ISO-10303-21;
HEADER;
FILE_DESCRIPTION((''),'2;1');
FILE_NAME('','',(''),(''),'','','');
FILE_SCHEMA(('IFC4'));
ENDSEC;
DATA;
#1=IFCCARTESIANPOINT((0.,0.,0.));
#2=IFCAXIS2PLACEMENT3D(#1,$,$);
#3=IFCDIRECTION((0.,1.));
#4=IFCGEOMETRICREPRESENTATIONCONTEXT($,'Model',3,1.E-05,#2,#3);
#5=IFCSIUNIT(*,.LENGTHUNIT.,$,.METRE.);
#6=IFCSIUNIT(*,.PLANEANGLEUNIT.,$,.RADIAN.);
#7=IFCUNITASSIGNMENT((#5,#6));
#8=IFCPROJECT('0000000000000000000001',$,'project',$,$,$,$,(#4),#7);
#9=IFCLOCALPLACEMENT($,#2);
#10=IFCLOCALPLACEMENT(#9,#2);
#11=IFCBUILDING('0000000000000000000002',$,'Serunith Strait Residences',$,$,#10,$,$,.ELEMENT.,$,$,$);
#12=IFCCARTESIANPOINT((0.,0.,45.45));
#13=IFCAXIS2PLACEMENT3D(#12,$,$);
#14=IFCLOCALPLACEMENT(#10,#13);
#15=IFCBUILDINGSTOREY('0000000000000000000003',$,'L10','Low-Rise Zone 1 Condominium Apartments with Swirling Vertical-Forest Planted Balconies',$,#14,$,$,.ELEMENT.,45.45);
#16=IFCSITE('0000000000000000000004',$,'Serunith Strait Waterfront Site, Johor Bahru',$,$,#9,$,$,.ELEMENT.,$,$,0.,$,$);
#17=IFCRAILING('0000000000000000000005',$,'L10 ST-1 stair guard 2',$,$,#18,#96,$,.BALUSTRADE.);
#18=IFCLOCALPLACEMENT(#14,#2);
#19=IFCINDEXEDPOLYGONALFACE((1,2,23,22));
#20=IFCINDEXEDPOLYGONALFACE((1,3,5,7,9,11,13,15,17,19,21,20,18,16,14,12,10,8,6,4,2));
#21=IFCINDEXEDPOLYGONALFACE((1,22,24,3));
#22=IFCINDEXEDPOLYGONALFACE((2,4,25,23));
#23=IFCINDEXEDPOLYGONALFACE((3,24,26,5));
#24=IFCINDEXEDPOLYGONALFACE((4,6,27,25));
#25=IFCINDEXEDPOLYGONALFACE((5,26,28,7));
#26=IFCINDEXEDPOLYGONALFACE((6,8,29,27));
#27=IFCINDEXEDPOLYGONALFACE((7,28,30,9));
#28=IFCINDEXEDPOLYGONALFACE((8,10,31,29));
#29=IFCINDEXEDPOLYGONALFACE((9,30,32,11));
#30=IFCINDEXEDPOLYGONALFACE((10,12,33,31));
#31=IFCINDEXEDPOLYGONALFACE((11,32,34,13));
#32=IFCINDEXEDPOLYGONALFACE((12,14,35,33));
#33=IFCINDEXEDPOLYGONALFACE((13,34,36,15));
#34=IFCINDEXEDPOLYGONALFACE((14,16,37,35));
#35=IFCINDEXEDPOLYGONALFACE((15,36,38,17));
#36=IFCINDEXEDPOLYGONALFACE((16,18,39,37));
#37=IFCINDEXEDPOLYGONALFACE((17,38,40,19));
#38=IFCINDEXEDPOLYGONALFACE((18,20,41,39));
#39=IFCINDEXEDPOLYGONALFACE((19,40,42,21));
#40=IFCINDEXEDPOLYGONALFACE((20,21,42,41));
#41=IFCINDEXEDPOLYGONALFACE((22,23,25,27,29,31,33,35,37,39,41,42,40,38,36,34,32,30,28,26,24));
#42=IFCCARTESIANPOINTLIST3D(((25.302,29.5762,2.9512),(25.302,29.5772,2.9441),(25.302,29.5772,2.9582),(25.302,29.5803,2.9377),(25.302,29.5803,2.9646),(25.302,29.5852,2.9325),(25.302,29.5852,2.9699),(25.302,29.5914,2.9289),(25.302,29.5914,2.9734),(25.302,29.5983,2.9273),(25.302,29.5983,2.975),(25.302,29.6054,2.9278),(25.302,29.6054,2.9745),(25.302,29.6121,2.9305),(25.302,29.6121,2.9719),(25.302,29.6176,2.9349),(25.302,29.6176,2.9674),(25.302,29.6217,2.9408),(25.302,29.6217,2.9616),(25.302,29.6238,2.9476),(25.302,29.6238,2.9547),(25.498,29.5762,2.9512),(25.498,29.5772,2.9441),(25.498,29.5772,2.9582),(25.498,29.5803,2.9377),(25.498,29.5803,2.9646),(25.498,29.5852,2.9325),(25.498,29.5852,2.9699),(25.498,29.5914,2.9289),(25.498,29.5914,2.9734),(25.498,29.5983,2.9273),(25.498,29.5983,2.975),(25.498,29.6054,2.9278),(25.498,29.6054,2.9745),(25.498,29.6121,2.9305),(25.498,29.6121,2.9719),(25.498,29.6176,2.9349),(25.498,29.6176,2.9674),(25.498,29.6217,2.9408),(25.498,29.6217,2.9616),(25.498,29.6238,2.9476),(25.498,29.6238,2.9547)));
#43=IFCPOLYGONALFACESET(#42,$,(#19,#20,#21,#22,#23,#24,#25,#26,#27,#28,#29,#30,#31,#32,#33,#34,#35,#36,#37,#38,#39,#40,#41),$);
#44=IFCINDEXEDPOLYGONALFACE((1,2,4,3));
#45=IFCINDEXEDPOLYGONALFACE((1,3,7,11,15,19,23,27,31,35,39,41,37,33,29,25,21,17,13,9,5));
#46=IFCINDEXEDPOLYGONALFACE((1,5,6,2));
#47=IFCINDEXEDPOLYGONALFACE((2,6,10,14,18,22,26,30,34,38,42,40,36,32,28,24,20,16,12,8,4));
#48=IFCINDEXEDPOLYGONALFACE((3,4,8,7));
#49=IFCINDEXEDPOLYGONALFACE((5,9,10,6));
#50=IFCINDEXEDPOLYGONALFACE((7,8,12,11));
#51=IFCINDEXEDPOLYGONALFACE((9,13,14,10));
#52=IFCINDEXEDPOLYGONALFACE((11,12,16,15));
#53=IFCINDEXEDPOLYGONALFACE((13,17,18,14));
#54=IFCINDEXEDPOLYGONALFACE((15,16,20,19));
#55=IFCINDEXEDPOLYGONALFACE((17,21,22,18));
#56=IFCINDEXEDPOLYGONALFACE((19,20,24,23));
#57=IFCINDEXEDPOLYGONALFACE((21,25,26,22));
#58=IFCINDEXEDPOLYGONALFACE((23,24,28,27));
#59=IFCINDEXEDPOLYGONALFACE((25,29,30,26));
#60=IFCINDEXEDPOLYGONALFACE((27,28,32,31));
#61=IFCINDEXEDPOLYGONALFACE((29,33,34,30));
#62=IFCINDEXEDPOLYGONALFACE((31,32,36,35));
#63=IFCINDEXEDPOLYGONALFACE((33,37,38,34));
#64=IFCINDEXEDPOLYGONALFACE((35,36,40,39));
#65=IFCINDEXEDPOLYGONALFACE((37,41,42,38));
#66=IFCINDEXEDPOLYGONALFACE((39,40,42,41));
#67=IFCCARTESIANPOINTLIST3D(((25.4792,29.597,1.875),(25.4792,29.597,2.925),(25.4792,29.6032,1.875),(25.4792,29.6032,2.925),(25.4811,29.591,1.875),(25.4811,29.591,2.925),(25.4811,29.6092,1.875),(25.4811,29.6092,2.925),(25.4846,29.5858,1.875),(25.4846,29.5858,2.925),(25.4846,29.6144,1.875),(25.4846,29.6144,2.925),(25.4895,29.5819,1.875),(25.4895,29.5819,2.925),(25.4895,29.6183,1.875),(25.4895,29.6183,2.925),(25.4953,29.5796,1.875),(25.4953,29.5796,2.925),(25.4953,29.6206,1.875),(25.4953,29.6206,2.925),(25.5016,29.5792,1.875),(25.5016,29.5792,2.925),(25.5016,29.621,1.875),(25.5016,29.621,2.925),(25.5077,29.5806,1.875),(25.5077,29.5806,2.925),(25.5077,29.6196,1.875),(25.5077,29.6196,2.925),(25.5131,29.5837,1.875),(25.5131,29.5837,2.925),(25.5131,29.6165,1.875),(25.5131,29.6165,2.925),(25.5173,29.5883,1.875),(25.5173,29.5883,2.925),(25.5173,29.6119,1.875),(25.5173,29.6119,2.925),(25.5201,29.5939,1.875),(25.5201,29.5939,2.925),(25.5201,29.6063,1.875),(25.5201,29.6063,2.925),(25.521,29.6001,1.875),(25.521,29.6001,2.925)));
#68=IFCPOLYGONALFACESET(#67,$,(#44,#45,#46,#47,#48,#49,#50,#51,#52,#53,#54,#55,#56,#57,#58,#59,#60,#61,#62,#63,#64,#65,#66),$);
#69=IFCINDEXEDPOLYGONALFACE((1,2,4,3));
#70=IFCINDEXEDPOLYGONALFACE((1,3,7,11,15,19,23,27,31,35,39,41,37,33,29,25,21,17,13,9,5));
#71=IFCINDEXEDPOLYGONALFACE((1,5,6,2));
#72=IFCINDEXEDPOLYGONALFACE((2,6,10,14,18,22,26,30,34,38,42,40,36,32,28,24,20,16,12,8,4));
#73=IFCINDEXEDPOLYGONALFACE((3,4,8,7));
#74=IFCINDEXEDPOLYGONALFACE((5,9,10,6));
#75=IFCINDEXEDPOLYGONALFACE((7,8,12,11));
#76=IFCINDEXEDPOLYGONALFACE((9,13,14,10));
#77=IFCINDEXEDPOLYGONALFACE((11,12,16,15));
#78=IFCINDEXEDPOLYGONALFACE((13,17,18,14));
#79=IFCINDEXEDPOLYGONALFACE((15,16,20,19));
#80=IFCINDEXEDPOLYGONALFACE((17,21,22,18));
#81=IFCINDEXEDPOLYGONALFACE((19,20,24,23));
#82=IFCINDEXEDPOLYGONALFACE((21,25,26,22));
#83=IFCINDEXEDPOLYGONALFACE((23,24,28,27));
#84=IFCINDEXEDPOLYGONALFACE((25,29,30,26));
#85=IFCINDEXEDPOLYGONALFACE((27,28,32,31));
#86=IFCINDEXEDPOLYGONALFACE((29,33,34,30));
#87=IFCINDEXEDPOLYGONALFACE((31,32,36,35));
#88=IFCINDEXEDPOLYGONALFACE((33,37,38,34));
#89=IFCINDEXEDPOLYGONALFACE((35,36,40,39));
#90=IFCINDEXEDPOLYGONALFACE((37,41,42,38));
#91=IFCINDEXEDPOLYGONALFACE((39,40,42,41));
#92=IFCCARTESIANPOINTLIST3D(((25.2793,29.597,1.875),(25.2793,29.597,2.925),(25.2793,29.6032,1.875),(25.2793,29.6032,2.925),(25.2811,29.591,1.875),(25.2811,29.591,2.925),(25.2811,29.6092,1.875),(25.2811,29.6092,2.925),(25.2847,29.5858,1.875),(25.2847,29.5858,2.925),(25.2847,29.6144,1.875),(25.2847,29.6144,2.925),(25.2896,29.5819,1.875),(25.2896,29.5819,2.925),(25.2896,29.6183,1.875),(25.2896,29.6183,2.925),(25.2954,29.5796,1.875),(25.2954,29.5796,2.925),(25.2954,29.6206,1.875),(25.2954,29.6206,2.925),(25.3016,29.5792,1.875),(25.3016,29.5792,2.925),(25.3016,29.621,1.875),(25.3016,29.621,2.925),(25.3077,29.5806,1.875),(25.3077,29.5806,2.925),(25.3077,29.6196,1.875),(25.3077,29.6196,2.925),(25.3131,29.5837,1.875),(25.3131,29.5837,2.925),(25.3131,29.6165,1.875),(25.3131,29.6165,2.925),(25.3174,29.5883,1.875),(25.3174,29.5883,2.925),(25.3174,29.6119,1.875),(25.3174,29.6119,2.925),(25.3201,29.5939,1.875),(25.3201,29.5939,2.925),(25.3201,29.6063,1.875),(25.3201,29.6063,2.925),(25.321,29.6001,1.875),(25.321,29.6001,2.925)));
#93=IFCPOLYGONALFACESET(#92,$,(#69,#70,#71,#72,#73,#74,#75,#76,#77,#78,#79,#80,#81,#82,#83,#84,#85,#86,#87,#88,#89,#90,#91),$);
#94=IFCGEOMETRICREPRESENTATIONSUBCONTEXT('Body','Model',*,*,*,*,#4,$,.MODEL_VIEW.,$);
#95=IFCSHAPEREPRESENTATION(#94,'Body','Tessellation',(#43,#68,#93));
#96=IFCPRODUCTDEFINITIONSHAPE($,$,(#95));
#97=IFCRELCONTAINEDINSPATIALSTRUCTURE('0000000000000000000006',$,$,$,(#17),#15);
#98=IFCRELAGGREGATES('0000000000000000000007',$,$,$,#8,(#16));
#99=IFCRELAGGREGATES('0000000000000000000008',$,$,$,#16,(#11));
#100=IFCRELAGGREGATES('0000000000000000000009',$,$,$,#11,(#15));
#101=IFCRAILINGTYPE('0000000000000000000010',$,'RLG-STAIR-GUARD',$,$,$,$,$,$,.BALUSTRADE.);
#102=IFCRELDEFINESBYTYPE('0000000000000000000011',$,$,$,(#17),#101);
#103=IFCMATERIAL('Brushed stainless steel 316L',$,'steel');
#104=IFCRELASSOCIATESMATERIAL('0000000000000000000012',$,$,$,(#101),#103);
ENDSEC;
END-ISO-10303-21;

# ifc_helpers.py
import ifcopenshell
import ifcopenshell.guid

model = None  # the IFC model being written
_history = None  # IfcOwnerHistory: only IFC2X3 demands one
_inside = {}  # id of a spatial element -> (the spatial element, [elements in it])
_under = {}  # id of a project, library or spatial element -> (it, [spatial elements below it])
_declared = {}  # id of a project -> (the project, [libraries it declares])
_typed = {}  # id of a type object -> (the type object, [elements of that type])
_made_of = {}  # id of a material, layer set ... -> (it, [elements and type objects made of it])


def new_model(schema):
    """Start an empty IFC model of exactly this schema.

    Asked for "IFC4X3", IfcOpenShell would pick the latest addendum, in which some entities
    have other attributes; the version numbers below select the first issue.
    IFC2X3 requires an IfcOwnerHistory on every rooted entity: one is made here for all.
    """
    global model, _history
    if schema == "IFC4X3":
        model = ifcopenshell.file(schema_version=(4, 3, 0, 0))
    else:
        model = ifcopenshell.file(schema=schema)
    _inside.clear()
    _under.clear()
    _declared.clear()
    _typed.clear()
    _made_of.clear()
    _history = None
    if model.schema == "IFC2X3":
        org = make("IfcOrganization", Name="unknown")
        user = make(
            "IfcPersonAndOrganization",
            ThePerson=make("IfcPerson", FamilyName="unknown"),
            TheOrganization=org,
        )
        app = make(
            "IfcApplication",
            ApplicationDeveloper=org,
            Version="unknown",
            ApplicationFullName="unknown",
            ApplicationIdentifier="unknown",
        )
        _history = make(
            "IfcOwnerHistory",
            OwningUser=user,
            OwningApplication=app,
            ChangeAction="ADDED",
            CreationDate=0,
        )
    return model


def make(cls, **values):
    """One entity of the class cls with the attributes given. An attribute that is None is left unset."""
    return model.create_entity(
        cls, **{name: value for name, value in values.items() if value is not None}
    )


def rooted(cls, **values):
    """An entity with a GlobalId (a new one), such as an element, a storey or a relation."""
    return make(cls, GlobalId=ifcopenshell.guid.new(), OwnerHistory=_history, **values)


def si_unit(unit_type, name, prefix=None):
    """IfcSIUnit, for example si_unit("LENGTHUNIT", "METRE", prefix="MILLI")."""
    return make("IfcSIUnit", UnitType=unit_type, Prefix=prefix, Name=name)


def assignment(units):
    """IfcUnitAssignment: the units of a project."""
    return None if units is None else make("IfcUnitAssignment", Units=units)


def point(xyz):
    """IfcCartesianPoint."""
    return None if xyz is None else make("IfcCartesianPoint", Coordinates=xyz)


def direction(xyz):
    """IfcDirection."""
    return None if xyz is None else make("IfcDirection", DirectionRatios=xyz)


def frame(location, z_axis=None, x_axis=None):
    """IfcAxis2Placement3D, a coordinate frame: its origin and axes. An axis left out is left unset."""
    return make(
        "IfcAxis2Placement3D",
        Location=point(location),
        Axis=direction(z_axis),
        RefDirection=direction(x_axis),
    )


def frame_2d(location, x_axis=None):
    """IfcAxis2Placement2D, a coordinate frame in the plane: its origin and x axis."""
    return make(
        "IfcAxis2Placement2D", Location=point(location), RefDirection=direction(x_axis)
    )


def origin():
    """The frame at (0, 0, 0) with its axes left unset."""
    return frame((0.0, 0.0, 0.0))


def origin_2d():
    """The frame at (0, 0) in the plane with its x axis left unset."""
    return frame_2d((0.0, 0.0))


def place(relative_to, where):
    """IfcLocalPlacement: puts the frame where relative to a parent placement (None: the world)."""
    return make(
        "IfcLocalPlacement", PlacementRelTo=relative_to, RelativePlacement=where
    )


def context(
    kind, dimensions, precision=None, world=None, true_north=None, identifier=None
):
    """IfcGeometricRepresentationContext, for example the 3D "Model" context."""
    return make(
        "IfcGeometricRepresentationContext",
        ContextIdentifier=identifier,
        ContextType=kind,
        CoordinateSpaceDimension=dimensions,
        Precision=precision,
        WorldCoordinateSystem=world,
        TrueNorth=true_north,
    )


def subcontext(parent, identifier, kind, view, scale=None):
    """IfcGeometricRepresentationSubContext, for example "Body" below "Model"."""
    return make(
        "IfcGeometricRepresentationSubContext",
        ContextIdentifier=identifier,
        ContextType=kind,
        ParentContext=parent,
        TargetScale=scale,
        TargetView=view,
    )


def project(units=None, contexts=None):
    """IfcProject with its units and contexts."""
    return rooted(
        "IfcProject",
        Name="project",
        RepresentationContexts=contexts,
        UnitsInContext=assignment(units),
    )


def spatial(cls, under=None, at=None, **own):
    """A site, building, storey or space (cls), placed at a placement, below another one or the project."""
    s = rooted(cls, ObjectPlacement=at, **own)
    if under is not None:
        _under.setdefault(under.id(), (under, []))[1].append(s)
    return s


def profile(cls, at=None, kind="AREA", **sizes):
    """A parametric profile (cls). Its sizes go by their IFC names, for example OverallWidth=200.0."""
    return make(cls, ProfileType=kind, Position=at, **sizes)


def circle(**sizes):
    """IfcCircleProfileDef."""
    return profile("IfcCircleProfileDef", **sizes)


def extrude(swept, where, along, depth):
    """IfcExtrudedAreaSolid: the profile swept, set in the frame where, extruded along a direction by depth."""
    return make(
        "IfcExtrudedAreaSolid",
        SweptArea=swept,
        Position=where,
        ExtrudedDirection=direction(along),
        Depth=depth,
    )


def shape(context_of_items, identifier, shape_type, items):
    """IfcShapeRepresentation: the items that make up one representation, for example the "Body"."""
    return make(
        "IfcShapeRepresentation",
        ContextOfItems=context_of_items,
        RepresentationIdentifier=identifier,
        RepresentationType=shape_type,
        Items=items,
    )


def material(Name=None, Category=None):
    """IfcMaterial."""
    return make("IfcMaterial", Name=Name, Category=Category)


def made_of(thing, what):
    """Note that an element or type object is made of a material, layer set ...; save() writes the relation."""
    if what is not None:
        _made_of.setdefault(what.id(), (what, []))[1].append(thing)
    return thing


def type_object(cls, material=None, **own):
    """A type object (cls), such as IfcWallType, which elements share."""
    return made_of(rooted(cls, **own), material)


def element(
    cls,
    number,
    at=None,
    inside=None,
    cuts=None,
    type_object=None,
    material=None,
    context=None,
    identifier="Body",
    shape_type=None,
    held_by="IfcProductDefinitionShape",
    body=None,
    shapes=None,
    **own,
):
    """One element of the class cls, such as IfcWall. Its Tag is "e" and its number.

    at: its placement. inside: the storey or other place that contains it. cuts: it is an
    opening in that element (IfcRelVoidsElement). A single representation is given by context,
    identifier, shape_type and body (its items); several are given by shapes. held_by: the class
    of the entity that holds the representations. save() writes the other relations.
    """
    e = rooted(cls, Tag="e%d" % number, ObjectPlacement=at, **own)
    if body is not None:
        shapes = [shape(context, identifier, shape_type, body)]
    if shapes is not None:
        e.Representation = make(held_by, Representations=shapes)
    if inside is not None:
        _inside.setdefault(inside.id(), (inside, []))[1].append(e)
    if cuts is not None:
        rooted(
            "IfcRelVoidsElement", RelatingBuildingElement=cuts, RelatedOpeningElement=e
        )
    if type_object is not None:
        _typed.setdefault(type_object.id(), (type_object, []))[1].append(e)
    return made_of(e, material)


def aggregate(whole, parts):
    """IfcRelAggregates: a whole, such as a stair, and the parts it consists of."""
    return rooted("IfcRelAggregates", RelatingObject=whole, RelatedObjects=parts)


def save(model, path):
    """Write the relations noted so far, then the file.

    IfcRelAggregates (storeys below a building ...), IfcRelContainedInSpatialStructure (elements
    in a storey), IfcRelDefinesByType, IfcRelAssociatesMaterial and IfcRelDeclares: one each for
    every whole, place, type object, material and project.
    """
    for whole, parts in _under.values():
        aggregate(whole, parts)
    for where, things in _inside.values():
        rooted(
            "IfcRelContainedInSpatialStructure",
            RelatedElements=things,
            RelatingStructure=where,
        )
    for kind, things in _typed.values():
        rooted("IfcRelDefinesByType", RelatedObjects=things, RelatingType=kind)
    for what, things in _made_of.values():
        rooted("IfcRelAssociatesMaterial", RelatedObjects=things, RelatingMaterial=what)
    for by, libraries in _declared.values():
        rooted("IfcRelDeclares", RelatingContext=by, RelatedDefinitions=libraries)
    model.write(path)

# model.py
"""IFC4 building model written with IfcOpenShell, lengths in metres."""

from ifc_helpers import new_model, si_unit, direction, frame, origin, origin_2d, place, context, subcontext, project, spatial, circle, extrude, material, type_object, element, save


model = new_model("IFC4")

# Units and contexts
model_context = context("Model", 3, precision=1e-05, world=origin(), true_north=direction((0.0, 1.0)))
body_context = subcontext(model_context, "Body", "Model", "MODEL_VIEW")
ifc_project = project(units=[si_unit("LENGTHUNIT", "METRE"), si_unit("PLANEANGLEUNIT", "RADIAN")], contexts=[model_context])

# Site, building, storey
site_placement = place(None, origin())
site = spatial("IfcSite", under=ifc_project, at=site_placement, Name="Serunith Strait Waterfront Site, Johor Bahru", CompositionType="ELEMENT", RefElevation=0.0)
building_placement = place(site_placement, origin())
building = spatial("IfcBuilding", under=site, at=building_placement, Name="Serunith Strait Residences", CompositionType="ELEMENT")
storey_placement = place(building_placement, frame((0.0, 0.0, 45.45)))
storey = spatial("IfcBuildingStorey", under=building, at=storey_placement, Name="L10", Description="Low-Rise Zone 1 Condominium Apartments with Swirling Vertical-Forest Planted Balconies", CompositionType="ELEMENT", Elevation=45.45)

# Railing
ifc_material_1 = material(Name="Brushed stainless steel 316L", Category="steel")
railing_type_1 = type_object("IfcRailingType", Name="RLG-STAIR-GUARD", PredefinedType="BALUSTRADE", material=ifc_material_1)
railing_1_placement = place(storey_placement, frame((25.5, 29.6001, 1.875)))
element("IfcRailing", 1, at=railing_1_placement, inside=storey, type_object=railing_type_1, Name="L10 ST-1 stair guard 2", PredefinedType="BALUSTRADE", context=body_context, shape_type="SweptSolid", body=[
    extrude(circle(Radius=0.0239, at=origin_2d()), frame((-0.002, 0.0, 1.0762), z_axis=(-1.0, 0.0, 0.0), x_axis=(0.0, -1.0, 0.0)), (0.0, 0.0, 1.0), 0.196),
    extrude(circle(Radius=0.021, at=origin_2d()), origin(), (0.0, 0.0, 1.0), 1.05),
    extrude(circle(Radius=0.021, at=origin_2d()), frame((-0.2, 0.0, 0.0)), (0.0, 0.0, 1.0), 1.05),
])

save(model, "model.ifc")
